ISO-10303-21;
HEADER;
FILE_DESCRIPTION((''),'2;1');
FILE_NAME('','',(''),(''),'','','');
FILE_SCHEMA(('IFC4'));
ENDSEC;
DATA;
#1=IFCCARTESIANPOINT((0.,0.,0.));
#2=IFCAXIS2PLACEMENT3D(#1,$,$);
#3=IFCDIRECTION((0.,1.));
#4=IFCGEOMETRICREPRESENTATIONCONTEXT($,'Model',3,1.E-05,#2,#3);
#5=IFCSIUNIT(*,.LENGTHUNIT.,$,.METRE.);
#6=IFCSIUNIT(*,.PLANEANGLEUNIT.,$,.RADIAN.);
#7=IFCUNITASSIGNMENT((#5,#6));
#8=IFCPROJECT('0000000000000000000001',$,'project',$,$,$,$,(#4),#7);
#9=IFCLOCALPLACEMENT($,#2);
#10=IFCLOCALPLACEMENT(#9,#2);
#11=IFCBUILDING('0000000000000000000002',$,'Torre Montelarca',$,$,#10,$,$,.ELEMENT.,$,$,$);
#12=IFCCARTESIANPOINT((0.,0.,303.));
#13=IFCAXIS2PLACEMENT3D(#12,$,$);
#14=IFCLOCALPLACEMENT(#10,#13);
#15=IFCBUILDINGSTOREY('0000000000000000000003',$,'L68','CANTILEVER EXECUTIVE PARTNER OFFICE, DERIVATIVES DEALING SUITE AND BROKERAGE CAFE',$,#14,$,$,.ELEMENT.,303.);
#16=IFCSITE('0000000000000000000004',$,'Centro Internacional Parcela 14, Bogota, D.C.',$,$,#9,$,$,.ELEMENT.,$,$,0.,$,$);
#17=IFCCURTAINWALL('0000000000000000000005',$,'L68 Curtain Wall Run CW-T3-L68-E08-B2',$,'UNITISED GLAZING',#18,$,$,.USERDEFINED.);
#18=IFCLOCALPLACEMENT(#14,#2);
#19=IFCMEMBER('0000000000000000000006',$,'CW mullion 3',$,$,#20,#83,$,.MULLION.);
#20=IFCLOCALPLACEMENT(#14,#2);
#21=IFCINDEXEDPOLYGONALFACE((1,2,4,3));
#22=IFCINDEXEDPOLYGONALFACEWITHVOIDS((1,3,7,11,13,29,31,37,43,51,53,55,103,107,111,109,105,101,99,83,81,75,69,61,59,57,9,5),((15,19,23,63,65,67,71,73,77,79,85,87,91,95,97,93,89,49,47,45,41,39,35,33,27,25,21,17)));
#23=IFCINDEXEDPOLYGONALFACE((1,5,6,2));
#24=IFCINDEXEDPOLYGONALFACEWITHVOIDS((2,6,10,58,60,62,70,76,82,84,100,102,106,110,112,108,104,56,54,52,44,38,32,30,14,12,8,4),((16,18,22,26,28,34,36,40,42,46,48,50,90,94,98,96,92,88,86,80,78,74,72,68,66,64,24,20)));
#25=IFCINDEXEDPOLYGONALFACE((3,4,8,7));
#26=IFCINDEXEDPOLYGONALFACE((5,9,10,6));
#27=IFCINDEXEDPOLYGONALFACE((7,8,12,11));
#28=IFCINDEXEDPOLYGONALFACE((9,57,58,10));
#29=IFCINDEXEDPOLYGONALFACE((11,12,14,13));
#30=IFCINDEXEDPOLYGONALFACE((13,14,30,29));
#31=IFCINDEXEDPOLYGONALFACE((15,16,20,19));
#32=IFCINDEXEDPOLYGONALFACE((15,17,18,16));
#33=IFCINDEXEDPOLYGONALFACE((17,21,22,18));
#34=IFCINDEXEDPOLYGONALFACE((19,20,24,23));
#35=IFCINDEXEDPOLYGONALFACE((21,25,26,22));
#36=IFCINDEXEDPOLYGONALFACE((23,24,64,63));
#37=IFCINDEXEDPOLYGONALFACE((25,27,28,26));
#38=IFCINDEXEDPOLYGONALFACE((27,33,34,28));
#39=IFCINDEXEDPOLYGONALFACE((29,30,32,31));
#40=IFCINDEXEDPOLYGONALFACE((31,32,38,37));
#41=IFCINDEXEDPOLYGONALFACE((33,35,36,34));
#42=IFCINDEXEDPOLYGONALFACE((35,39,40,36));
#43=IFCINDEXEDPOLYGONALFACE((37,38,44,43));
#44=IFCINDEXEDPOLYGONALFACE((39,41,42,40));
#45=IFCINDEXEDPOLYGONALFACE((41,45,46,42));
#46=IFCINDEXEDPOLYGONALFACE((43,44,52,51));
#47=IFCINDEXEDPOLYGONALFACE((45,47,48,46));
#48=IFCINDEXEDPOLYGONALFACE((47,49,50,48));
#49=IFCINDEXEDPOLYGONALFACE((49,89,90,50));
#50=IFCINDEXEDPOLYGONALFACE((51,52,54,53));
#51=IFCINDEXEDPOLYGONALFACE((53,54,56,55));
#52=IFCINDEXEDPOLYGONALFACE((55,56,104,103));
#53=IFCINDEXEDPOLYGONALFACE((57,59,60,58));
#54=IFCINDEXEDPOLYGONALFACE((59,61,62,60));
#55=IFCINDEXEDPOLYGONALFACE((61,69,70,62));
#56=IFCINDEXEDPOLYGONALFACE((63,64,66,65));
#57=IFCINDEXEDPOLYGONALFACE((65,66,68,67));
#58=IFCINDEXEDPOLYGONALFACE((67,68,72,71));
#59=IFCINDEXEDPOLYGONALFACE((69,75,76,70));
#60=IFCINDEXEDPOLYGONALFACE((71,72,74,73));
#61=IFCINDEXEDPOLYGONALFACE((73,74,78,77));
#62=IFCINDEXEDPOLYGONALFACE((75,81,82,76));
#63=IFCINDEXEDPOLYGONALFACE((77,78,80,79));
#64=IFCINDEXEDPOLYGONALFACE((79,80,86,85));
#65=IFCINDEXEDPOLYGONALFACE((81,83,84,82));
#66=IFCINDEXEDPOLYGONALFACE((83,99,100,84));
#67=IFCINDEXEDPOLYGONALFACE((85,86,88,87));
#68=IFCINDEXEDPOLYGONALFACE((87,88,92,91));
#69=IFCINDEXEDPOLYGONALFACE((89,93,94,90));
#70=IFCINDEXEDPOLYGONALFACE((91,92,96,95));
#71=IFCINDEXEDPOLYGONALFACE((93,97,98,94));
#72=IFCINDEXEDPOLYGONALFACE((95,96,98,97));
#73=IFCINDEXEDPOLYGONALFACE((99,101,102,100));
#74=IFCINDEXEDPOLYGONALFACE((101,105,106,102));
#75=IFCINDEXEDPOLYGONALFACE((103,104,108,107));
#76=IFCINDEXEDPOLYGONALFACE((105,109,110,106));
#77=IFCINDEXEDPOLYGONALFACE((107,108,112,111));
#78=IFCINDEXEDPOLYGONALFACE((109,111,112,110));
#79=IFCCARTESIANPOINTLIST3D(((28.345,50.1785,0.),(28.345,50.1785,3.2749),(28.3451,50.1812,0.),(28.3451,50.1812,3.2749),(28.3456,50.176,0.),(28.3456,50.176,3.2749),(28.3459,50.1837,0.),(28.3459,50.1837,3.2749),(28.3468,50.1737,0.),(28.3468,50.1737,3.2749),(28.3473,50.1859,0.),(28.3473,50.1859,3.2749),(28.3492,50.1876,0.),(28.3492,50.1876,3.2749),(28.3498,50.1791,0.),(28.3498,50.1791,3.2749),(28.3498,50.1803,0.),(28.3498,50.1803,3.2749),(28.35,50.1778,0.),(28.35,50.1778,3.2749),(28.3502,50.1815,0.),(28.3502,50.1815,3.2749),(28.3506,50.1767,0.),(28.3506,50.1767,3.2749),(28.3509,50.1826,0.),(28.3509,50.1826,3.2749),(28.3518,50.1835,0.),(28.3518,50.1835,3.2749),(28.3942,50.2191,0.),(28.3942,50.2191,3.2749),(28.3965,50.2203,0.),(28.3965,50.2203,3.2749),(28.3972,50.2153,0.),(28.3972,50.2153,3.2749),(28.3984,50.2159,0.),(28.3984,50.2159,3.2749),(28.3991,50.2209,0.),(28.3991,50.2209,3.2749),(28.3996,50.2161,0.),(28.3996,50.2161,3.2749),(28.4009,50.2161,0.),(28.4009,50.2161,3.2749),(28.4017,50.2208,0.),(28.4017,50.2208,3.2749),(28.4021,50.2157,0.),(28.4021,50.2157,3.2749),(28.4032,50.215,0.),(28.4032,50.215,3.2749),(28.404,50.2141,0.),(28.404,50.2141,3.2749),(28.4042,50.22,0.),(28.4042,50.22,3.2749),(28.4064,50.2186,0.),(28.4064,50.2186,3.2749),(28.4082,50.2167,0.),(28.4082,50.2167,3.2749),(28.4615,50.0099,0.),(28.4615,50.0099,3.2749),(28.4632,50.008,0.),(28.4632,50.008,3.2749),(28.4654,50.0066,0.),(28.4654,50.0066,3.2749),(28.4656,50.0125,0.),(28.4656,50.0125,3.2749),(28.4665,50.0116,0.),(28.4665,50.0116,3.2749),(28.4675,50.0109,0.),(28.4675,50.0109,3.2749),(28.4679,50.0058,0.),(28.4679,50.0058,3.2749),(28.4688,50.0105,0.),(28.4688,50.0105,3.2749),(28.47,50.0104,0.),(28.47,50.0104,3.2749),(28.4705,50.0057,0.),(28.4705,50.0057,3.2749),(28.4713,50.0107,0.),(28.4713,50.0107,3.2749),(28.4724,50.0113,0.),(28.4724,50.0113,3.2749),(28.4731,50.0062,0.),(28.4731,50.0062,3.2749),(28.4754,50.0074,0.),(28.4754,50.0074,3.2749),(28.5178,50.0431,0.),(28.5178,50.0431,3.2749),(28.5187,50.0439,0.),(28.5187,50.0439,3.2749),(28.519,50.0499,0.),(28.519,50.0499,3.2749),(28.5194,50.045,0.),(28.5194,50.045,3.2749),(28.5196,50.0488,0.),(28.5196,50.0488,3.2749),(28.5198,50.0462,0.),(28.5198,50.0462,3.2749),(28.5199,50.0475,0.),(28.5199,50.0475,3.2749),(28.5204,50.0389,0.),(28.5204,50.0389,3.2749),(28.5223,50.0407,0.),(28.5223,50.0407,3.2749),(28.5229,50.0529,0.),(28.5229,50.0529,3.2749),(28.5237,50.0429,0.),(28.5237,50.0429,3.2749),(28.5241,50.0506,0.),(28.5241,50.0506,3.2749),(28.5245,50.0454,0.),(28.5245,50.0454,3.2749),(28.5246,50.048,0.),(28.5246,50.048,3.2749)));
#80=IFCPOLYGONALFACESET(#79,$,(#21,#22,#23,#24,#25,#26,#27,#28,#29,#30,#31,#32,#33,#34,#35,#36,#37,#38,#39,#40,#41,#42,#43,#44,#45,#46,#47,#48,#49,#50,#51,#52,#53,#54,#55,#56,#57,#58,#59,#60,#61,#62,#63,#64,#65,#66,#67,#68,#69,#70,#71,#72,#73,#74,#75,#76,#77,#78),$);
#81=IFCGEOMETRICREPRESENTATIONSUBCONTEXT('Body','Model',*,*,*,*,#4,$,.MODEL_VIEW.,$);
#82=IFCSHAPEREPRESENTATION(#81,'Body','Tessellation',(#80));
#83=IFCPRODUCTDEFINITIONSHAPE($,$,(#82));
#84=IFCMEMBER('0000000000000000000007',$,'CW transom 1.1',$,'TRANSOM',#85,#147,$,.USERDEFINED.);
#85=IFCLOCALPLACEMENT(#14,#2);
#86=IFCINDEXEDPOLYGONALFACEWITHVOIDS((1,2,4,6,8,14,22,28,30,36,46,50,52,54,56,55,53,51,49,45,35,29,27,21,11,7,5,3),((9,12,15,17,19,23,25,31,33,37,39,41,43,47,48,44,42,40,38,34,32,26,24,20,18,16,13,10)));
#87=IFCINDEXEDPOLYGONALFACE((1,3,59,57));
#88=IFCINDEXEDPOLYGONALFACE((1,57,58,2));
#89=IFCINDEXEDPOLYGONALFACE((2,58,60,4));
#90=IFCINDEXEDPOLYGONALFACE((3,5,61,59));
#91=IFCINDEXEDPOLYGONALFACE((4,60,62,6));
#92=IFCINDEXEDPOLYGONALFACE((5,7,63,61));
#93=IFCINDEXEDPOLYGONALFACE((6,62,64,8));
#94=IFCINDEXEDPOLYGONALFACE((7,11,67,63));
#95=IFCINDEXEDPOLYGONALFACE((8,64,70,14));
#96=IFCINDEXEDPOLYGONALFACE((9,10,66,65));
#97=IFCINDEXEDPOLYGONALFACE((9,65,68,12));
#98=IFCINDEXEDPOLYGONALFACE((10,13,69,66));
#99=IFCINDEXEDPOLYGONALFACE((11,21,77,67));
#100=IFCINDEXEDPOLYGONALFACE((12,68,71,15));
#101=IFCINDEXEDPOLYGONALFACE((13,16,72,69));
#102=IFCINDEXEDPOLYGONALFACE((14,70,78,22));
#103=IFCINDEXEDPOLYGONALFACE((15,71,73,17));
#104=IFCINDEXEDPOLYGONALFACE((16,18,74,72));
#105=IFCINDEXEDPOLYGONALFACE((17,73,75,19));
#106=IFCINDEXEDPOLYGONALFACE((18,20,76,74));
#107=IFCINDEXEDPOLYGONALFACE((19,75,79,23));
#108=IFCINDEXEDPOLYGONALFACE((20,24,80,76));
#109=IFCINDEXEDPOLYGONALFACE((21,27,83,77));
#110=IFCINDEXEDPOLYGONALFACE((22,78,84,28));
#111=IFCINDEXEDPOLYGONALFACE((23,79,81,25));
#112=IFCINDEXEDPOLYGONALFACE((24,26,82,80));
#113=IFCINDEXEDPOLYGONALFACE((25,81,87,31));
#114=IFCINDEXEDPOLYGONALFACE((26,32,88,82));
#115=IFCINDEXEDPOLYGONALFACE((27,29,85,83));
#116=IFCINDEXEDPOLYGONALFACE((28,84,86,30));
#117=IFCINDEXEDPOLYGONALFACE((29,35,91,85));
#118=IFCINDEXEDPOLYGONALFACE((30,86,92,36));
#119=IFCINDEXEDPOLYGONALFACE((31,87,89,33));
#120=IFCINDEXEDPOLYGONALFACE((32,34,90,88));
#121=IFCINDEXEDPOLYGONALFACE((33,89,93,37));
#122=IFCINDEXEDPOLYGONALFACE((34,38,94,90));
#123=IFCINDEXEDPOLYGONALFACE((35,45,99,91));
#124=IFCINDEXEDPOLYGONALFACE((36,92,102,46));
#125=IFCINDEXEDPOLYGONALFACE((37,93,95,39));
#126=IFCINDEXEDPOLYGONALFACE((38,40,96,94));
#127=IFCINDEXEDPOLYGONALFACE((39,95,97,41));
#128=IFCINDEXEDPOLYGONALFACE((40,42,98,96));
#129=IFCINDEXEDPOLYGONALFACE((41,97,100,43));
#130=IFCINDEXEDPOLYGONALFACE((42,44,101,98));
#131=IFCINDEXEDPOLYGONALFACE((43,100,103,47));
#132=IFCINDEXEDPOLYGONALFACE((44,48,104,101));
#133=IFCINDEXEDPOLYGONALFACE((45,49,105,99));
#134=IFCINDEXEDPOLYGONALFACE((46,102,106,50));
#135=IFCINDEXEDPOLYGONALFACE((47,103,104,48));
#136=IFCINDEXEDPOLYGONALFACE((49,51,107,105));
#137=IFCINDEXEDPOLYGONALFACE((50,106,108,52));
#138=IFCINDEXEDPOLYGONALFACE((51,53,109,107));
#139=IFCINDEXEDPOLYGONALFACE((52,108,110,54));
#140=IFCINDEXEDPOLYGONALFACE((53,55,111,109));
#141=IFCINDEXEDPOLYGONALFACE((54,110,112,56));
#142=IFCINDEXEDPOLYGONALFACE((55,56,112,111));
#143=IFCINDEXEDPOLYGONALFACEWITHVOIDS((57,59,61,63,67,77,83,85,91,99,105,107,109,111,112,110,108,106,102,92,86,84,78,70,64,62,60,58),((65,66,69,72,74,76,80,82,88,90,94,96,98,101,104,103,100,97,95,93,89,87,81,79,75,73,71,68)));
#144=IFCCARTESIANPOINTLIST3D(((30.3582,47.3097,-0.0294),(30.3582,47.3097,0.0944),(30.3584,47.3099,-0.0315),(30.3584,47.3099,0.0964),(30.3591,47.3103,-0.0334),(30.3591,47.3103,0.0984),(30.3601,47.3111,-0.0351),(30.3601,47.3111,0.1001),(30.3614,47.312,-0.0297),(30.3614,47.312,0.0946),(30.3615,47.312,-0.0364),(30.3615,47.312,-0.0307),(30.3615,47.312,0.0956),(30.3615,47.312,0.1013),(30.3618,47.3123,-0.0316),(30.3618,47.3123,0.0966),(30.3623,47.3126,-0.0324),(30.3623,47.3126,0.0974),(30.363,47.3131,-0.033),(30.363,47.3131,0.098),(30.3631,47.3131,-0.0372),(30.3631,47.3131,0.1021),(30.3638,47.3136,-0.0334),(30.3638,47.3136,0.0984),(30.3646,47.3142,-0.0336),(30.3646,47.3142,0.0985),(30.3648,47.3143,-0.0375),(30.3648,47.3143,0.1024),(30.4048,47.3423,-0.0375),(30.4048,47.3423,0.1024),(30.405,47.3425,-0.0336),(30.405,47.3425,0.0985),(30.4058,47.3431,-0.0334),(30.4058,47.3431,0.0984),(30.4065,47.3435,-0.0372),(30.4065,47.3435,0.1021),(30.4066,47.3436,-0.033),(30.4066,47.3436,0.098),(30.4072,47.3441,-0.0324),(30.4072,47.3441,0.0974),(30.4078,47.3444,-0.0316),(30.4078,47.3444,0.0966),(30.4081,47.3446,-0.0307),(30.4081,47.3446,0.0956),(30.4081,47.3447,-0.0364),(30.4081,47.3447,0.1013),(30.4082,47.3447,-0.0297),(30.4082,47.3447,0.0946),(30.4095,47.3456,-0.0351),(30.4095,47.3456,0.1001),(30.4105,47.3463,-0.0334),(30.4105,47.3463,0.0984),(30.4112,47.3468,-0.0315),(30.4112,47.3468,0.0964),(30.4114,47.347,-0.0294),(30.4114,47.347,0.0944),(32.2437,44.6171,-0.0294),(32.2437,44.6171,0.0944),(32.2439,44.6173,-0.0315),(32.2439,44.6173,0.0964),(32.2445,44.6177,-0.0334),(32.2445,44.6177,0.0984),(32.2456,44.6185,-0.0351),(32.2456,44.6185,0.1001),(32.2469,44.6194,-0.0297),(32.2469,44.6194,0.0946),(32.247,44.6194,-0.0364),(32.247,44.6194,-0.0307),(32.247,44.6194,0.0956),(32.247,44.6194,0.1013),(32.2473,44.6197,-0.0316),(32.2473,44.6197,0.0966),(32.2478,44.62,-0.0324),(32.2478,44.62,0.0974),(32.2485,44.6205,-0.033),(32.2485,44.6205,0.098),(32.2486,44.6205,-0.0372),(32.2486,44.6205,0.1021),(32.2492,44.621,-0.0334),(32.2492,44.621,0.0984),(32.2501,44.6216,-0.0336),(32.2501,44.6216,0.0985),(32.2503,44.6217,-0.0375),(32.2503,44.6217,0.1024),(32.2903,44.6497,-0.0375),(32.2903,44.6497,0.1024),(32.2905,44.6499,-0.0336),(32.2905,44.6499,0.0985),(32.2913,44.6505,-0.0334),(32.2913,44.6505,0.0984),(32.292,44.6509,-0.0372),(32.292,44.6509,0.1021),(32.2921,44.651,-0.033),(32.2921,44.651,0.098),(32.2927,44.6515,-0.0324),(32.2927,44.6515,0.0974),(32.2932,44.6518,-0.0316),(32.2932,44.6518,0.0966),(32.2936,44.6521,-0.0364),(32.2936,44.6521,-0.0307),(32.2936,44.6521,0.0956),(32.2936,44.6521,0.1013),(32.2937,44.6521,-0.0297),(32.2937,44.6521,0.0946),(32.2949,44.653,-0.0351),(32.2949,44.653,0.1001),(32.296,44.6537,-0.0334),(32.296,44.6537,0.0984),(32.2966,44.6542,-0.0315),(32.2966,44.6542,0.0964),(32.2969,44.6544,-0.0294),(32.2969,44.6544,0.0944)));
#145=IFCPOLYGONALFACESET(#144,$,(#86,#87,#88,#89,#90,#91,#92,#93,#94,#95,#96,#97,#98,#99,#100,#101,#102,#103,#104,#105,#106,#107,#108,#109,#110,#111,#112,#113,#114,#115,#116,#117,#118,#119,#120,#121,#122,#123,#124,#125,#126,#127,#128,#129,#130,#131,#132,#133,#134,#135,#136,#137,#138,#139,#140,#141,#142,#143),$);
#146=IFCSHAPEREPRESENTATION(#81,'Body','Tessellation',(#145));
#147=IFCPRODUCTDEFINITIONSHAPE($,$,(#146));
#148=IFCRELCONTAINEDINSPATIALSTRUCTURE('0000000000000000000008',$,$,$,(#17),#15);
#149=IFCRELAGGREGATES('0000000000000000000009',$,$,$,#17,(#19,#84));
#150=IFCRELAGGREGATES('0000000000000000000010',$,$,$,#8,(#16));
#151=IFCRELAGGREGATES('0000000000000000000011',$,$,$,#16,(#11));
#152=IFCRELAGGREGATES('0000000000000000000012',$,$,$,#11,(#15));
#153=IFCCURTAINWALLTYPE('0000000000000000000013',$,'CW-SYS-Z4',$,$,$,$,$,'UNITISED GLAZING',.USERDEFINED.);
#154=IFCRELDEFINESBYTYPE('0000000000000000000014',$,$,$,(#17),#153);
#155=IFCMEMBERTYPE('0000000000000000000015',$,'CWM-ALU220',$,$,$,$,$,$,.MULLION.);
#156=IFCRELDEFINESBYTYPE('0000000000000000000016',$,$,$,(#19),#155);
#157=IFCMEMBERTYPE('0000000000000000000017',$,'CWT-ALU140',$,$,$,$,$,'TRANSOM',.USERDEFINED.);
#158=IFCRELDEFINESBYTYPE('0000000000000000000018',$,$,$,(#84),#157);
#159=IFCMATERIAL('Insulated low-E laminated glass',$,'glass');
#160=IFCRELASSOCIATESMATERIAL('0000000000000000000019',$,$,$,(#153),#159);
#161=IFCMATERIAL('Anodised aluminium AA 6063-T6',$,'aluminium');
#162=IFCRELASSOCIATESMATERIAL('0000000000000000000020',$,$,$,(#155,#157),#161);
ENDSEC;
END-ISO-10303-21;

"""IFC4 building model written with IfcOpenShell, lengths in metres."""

from ifc_helpers import new_model, si_unit, direction, frame, origin, origin_2d, place, context, subcontext, project, spatial, hollow_rectangle, extrude, source, transform, mapped, material, material_profile, profile_set, type_object, element, aggregate, save


model = new_model("IFC4")

# Units and contexts
model_context = context("Model", 3, precision=1e-05, world=origin(), true_north=direction((0.0, 1.0)))
body_context = subcontext(model_context, "Body", "Model", "MODEL_VIEW")
ifc_project = project(units=[si_unit("LENGTHUNIT", "METRE"), si_unit("PLANEANGLEUNIT", "RADIAN")], contexts=[model_context])

# Site, building, storey
site_placement = place(None, origin())
site = spatial("IfcSite", under=ifc_project, at=site_placement, Name="Centro Internacional Parcela 14, Bogota, D.C.", CompositionType="ELEMENT", RefElevation=0.0)
building_placement = place(site_placement, origin())
building = spatial("IfcBuilding", under=site, at=building_placement, Name="Torre Montelarca", CompositionType="ELEMENT")
storey_placement = place(building_placement, frame((0.0, 0.0, 303.0)))
storey = spatial("IfcBuildingStorey", under=building, at=storey_placement, Name="L68", Description="CANTILEVER EXECUTIVE PARTNER OFFICE, DERIVATIVES DEALING SUITE AND BROKERAGE CAFE", CompositionType="ELEMENT", Elevation=303.0)

# Shared definitions
ifc_material_1 = material(Name="Insulated low-E laminated glass", Category="glass")
curtain_wall_type = type_object("IfcCurtainWallType", Name="CW-SYS-Z4", ElementType="UNITISED GLAZING", PredefinedType="USERDEFINED", material=ifc_material_1)
ifc_material_2 = material(Name="Anodised aluminium AA 6063-T6", Category="aluminium")
ifc_material_profile_1 = material_profile(ifc_material_2, hollow_rectangle(XDim=0.075, YDim=0.22, WallThickness=0.0049, InnerFilletRadius=0.0049, OuterFilletRadius=0.01, at=origin_2d()), Name="ALU75X220X5", Category="aluminium")
ifc_profile_set_1 = profile_set([ifc_material_profile_1], Name="Anodised aluminium AA 6063-T6")
member_type_1 = type_object("IfcMemberType", Name="CWM-ALU220", PredefinedType="MULLION", material=ifc_profile_set_1)

# Shared definitions
ifc_material_profile_2 = material_profile(ifc_material_2, hollow_rectangle(XDim=0.0649, YDim=0.1399, WallThickness=0.0039, InnerFilletRadius=0.0039, OuterFilletRadius=0.0081, at=origin_2d()), Name="ALU65X140X4", Category="aluminium")
ifc_profile_set_2 = profile_set([ifc_material_profile_2], Name="Anodised aluminium AA 6063-T6")
member_type_2 = type_object("IfcMemberType", Name="CWT-ALU140", ElementType="TRANSOM", PredefinedType="USERDEFINED", material=ifc_profile_set_2)

# Curtain wall, members
curtain_wall_1_placement = place(storey_placement, origin())
curtain_wall_1 = element("IfcCurtainWall", 1, at=curtain_wall_1_placement, inside=storey, type_object=curtain_wall_type, Name="L68 Curtain Wall Run CW-T3-L68-E08-B2", ObjectType="UNITISED GLAZING", PredefinedType="USERDEFINED")
shared_shape_1 = source(origin(), body_context, "Body", "SweptSolid", [
    extrude(hollow_rectangle(XDim=0.075, YDim=0.22, WallThickness=0.0049, InnerFilletRadius=0.0049, OuterFilletRadius=0.01, at=origin_2d()), origin(), (0.0, 0.0, 1.0), 3.2749),
])
member_1_placement = place(storey_placement, frame((28.4348, 50.1133, 0.0), z_axis=(0.0, 0.0, 1.0), x_axis=(-0.819148, -0.573582, 0.0)))
member_1 = element("IfcMember", 2, at=member_1_placement, type_object=member_type_1, Name="CW mullion 3", PredefinedType="MULLION", context=body_context, shape_type="MappedRepresentation", body=[
    mapped(shared_shape_1, transform((0.0, 0.0, 0.0), scale=1.0)),
])
shared_shape_2 = source(origin(), body_context, "Body", "SweptSolid", [
    extrude(hollow_rectangle(XDim=0.0649, YDim=0.1399, WallThickness=0.0039, InnerFilletRadius=0.0039, OuterFilletRadius=0.0081, at=origin_2d()), origin(), (0.0, 0.0, 1.0), 3.2871),
])
member_2_placement = place(storey_placement, frame((32.2703, 44.6357, 0.0325), z_axis=(-0.573597, 0.819138, 0.0), x_axis=(-0.819138, -0.573597, 0.0)))
member_2 = element("IfcMember", 3, at=member_2_placement, type_object=member_type_2, Name="CW transom 1.1", ObjectType="TRANSOM", PredefinedType="USERDEFINED", context=body_context, shape_type="MappedRepresentation", body=[
    mapped(shared_shape_2, transform((0.0, 0.0, 0.0), scale=1.0)),
])

aggregate(curtain_wall_1, [member_1, member_2])

save(model, "model.ifc")
